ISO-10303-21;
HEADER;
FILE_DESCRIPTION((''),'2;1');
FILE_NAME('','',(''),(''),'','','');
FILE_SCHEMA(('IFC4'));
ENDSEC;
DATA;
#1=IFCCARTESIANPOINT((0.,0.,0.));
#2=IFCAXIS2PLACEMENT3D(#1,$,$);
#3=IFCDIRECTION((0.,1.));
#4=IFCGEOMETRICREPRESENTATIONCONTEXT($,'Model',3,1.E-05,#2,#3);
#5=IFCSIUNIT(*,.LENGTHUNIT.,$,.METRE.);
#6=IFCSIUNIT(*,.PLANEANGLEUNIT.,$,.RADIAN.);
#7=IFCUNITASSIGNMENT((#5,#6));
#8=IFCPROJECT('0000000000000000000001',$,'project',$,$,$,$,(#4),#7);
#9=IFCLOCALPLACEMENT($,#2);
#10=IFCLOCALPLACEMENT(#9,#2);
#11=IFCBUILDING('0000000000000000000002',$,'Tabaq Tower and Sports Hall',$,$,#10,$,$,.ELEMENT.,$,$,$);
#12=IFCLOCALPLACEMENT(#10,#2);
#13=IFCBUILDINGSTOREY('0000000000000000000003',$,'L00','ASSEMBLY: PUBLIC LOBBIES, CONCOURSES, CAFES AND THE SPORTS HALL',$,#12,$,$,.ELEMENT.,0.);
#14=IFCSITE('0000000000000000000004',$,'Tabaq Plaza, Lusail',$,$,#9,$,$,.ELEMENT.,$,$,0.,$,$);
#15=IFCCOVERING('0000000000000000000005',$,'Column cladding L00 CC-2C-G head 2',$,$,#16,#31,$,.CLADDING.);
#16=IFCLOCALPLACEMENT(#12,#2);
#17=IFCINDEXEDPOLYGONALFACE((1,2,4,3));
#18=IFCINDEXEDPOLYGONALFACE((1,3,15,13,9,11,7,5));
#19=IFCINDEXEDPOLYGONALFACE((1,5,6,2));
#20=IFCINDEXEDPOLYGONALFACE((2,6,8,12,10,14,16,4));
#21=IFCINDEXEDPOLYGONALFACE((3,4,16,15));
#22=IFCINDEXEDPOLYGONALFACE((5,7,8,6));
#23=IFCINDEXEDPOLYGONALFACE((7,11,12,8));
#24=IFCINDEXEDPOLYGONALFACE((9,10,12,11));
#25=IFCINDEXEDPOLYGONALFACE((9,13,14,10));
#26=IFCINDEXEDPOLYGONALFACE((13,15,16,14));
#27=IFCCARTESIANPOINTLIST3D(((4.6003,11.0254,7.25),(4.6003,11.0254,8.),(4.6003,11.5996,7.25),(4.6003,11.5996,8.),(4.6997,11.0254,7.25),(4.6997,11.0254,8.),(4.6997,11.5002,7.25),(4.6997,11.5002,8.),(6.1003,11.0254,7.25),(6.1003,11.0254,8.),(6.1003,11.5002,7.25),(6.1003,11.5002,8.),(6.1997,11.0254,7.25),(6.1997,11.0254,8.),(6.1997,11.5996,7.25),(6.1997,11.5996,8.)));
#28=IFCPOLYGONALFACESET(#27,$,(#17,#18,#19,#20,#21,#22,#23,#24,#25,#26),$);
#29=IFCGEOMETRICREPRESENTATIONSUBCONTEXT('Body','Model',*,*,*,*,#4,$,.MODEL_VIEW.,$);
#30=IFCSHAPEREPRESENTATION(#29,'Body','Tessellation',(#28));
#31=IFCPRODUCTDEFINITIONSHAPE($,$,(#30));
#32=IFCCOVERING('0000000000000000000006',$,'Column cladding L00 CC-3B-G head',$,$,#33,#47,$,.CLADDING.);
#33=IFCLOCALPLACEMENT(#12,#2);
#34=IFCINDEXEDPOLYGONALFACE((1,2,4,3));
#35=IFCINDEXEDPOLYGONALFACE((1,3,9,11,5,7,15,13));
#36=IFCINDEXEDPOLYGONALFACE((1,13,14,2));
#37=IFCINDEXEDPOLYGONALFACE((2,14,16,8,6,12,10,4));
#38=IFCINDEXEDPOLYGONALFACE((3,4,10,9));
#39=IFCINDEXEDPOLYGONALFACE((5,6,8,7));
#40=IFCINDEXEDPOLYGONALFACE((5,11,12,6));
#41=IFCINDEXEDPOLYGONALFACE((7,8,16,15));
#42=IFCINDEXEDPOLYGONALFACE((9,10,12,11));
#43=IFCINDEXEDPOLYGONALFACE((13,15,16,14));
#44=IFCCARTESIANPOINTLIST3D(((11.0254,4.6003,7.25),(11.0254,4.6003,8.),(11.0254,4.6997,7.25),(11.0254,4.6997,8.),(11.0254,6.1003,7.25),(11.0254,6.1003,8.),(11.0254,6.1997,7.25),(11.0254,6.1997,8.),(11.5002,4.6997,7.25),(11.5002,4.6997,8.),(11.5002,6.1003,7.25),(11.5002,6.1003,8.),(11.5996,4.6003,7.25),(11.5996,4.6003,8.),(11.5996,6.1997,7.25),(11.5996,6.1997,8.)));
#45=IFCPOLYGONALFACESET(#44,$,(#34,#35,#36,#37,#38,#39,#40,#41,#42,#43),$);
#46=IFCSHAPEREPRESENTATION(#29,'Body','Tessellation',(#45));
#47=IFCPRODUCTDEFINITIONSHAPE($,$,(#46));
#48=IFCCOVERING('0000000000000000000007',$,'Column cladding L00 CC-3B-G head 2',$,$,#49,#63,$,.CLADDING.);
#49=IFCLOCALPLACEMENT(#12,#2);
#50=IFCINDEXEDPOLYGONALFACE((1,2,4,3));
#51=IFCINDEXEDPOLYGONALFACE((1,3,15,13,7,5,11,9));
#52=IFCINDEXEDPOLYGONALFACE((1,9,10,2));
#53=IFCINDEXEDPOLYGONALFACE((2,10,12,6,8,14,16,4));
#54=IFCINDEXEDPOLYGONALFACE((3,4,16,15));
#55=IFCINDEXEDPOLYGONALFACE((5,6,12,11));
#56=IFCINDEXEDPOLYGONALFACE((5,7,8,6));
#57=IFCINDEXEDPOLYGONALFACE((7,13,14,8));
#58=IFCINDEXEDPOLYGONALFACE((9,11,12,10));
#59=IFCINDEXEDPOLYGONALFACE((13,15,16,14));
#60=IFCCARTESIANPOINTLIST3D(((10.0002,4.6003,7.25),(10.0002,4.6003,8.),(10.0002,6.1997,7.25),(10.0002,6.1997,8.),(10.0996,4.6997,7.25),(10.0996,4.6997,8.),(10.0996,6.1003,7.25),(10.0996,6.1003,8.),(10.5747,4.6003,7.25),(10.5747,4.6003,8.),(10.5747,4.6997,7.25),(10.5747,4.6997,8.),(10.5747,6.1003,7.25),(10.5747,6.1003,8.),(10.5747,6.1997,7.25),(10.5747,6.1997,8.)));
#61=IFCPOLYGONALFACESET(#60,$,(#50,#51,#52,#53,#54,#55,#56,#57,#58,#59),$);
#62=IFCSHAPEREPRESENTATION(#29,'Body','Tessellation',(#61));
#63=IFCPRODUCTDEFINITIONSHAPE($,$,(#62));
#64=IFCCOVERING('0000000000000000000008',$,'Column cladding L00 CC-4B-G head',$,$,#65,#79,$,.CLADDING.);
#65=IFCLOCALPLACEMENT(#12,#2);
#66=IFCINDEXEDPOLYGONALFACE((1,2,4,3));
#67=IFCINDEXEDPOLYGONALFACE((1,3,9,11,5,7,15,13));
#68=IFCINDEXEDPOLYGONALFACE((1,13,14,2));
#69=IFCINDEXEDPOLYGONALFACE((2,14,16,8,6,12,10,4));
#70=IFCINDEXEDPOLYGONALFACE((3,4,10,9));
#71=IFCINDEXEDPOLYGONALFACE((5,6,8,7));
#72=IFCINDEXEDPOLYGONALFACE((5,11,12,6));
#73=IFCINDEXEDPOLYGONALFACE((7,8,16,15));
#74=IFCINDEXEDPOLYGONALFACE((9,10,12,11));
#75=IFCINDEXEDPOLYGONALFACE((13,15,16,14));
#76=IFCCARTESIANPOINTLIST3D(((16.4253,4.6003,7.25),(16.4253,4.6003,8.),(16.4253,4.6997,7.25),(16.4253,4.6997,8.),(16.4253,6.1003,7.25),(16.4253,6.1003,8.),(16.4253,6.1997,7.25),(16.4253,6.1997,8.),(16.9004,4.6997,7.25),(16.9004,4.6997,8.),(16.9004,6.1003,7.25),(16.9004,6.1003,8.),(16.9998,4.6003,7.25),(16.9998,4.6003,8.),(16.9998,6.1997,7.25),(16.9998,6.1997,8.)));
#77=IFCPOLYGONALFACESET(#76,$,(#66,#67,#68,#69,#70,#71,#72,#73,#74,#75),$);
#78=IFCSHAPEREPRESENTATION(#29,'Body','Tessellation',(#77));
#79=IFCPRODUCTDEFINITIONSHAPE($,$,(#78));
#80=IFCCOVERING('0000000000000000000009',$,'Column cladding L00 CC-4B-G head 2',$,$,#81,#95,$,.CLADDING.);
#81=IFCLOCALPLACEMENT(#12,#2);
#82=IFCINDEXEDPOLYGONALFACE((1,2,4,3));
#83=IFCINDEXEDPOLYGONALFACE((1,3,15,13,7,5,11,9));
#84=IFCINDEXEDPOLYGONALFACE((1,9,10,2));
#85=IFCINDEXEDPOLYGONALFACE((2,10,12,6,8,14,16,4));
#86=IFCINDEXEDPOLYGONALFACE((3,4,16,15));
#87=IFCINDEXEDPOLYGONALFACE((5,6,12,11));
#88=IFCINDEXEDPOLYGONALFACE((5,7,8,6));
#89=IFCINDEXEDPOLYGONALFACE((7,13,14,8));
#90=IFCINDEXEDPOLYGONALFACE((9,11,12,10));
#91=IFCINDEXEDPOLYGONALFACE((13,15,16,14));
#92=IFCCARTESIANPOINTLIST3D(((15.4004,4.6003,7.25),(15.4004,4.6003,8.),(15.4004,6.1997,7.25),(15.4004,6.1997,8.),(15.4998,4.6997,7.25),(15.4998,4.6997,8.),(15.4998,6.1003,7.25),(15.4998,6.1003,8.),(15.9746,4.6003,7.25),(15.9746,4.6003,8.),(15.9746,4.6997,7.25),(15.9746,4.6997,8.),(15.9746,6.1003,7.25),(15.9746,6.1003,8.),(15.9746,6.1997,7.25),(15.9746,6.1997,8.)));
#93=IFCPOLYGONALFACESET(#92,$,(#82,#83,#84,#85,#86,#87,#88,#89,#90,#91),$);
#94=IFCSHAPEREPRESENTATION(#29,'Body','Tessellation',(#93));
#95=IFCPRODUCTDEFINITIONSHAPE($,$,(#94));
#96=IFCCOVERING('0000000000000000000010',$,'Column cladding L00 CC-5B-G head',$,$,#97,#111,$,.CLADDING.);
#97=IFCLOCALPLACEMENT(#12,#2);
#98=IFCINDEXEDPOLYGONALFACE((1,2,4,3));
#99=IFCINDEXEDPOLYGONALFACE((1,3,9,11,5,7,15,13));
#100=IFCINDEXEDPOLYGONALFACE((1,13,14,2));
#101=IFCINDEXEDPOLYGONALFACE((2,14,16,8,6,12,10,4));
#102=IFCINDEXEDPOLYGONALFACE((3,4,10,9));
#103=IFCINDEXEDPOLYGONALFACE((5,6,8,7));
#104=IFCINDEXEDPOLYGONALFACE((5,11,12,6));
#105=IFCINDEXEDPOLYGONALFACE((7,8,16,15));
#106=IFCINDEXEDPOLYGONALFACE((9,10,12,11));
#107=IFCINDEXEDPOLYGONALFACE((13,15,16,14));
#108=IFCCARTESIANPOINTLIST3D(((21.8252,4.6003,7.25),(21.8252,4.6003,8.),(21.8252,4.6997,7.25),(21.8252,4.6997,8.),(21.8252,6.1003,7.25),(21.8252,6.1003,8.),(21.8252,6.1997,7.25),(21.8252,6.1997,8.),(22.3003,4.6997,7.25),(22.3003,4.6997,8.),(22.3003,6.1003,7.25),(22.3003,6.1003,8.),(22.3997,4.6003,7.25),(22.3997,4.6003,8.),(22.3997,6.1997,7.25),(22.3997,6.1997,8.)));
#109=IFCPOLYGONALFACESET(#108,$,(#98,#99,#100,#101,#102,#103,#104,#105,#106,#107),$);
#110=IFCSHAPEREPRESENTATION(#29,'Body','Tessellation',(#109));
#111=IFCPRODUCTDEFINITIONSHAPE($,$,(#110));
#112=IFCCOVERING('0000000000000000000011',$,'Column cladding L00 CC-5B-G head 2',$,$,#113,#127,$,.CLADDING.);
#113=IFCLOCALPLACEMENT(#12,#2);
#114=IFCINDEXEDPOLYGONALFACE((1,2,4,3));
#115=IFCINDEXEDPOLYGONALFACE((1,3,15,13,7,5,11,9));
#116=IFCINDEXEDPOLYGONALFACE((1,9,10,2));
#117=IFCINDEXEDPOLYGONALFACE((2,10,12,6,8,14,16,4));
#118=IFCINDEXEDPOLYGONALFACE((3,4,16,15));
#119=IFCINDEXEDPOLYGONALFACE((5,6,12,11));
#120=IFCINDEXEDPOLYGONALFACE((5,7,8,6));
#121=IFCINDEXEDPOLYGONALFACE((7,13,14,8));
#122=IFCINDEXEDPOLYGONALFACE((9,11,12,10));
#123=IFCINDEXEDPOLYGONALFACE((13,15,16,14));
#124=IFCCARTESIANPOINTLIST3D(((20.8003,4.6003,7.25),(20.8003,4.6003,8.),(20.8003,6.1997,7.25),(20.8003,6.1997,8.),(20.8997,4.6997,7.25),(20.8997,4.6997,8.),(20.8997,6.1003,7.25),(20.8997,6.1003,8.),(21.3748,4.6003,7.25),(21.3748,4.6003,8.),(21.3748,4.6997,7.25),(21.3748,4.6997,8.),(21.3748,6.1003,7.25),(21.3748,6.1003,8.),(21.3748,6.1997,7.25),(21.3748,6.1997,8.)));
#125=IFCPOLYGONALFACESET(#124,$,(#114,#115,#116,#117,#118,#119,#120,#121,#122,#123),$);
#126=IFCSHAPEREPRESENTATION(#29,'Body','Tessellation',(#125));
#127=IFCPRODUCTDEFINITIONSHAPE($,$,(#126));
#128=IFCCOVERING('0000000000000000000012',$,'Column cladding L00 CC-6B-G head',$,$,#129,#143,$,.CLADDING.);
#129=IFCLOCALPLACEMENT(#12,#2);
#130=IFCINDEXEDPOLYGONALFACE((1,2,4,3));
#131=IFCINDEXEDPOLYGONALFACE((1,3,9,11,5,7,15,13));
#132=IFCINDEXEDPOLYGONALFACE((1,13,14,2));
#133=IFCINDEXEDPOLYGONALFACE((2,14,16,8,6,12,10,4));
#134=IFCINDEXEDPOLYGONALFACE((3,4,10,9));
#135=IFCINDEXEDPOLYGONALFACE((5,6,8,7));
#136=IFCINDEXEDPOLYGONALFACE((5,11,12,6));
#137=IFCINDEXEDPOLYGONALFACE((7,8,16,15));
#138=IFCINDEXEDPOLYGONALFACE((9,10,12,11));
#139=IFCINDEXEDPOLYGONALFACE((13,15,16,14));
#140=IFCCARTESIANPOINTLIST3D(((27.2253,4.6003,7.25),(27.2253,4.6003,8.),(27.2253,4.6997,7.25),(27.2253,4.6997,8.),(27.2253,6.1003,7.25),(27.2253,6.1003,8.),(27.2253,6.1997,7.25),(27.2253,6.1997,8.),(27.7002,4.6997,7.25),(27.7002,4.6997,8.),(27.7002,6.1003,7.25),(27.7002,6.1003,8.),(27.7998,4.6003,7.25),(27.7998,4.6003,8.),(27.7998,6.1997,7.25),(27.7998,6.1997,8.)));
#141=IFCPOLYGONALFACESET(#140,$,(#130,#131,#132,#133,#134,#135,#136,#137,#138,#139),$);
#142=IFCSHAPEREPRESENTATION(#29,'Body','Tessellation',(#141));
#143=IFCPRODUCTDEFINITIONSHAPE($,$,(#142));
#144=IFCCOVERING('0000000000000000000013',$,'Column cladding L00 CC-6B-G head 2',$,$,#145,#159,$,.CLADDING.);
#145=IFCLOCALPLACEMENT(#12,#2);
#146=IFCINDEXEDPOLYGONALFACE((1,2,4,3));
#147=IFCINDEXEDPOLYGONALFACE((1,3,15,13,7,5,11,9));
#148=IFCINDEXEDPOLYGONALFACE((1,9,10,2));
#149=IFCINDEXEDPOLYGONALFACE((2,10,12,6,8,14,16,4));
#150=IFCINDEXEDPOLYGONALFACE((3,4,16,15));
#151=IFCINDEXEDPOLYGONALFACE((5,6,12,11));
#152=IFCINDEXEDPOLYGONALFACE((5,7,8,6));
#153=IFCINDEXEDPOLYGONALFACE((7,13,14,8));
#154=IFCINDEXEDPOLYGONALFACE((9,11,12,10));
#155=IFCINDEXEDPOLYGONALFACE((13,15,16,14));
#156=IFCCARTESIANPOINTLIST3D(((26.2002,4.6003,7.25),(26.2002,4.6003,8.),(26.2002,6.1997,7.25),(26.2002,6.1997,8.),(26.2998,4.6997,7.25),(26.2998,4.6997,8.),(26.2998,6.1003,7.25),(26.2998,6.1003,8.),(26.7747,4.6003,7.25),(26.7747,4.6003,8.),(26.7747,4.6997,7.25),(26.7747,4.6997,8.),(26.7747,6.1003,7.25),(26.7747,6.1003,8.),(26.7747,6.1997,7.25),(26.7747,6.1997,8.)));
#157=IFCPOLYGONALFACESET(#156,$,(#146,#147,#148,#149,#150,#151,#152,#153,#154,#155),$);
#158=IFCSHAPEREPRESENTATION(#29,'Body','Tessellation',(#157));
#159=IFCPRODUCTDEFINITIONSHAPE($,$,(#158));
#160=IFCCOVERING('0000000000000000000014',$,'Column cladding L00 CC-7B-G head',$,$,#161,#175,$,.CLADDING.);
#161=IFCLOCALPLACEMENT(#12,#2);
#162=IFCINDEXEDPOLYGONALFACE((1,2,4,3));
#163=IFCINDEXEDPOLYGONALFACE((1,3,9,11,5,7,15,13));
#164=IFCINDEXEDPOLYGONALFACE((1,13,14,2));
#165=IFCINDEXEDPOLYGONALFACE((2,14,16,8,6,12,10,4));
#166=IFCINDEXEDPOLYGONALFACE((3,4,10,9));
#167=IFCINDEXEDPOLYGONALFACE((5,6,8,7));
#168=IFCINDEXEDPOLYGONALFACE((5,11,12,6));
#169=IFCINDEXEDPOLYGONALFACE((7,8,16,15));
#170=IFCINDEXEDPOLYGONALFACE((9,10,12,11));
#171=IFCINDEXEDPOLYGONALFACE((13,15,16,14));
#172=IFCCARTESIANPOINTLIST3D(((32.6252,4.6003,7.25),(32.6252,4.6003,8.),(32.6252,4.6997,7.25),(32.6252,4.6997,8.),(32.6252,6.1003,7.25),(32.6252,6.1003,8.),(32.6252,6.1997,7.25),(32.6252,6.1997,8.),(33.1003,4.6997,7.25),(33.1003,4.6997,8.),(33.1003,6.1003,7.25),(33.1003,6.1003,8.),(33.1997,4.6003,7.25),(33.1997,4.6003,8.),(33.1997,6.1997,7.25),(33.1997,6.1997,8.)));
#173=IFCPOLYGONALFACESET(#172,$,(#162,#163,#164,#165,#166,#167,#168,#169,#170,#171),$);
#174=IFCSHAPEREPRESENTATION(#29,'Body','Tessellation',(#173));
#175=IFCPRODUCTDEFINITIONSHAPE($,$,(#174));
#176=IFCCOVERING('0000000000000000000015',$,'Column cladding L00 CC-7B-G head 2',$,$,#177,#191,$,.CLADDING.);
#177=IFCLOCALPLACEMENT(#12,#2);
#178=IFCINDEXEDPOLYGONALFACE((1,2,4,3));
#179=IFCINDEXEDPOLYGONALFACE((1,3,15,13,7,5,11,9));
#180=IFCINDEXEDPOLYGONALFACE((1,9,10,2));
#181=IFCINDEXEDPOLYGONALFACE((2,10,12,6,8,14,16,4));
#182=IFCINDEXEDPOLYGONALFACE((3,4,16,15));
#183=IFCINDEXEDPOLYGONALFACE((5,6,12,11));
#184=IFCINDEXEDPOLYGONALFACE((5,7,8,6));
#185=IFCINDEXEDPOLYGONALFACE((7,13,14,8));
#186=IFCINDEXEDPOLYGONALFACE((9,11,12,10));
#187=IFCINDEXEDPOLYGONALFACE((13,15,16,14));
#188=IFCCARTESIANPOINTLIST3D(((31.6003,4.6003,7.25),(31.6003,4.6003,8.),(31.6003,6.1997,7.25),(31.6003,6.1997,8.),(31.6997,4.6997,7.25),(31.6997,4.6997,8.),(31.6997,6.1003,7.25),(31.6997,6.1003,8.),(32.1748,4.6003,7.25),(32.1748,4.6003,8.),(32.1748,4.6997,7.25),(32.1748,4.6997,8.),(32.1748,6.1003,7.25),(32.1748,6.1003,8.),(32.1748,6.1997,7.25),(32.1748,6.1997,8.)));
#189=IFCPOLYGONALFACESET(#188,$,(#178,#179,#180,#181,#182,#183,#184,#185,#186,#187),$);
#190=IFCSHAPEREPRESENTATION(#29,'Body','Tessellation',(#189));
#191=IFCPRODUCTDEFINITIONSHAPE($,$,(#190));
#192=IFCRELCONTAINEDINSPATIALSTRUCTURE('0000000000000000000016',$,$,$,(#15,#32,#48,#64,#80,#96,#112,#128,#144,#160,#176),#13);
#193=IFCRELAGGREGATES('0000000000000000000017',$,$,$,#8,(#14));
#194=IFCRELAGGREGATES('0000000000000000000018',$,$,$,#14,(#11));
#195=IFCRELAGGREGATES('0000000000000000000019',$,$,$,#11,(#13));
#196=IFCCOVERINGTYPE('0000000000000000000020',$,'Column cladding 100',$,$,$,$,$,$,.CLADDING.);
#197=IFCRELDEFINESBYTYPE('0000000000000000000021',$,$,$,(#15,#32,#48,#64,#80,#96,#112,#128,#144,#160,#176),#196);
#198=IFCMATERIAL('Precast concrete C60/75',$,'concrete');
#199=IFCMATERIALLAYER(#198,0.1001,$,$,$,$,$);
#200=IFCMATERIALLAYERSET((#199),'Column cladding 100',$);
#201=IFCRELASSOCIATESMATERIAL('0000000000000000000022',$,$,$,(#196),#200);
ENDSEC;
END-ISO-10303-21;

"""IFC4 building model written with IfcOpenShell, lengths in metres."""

from ifc_helpers import new_model, si_unit, direction, frame, origin, place, context, subcontext, project, spatial, polyline, outline, extrude, material, layer, layer_set, type_object, element, save


model = new_model("IFC4")

# Units and contexts
model_context = context("Model", 3, precision=1e-05, world=origin(), true_north=direction((0.0, 1.0)))
body_context = subcontext(model_context, "Body", "Model", "MODEL_VIEW")
ifc_project = project(units=[si_unit("LENGTHUNIT", "METRE"), si_unit("PLANEANGLEUNIT", "RADIAN")], contexts=[model_context])

# Site, building, storey
site_placement = place(None, origin())
site = spatial("IfcSite", under=ifc_project, at=site_placement, Name="Tabaq Plaza, Lusail", CompositionType="ELEMENT", RefElevation=0.0)
building_placement = place(site_placement, origin())
building = spatial("IfcBuilding", under=site, at=building_placement, Name="Tabaq Tower and Sports Hall", CompositionType="ELEMENT")
storey_placement = place(building_placement, origin())
storey = spatial("IfcBuildingStorey", under=building, at=storey_placement, Name="L00", Description="ASSEMBLY: PUBLIC LOBBIES, CONCOURSES, CAFES AND THE SPORTS HALL", CompositionType="ELEMENT", Elevation=0.0)

# Coverings
ifc_material_1 = material(Name="Precast concrete C60/75", Category="concrete")
ifc_layer_1 = layer(ifc_material_1, 0.1001)
ifc_layer_set_1 = layer_set([ifc_layer_1], Name="Column cladding 100")
covering_type = type_object("IfcCoveringType", Name="Column cladding 100", PredefinedType="CLADDING", material=ifc_layer_set_1)
covering_1_placement = place(storey_placement, frame((0.0, 0.0, 7.25)))
element("IfcCovering", 1, at=covering_1_placement, inside=storey, type_object=covering_type, Name="Column cladding L00 CC-2C-G head 2", PredefinedType="CLADDING", context=body_context, shape_type="SweptSolid", body=[
    extrude(outline(polyline([(6.1997, 11.5996), (6.1997, 11.0254), (6.1003, 11.0254), (6.1003, 11.5002), (4.6997, 11.5002), (4.6997, 11.0254), (4.6003, 11.0254), (4.6003, 11.5996), (6.1997, 11.5996)])), origin(), (0.0, 0.0, 1.0), 0.75),
])
covering_2_placement = place(storey_placement, frame((0.0, 0.0, 7.25)))
element("IfcCovering", 2, at=covering_2_placement, inside=storey, type_object=covering_type, Name="Column cladding L00 CC-3B-G head", PredefinedType="CLADDING", context=body_context, shape_type="SweptSolid", body=[
    extrude(outline(polyline([(11.5996, 6.1997), (11.5996, 4.6003), (11.0254, 4.6003), (11.0254, 4.6997), (11.5002, 4.6997), (11.5002, 6.1003), (11.0254, 6.1003), (11.0254, 6.1997), (11.5996, 6.1997)])), origin(), (0.0, 0.0, 1.0), 0.75),
])
covering_3_placement = place(storey_placement, frame((0.0, 0.0, 7.25)))
element("IfcCovering", 3, at=covering_3_placement, inside=storey, type_object=covering_type, Name="Column cladding L00 CC-3B-G head 2", PredefinedType="CLADDING", context=body_context, shape_type="SweptSolid", body=[
    extrude(outline(polyline([(10.5747, 6.1997), (10.5747, 6.1003), (10.0996, 6.1003), (10.0996, 4.6997), (10.5747, 4.6997), (10.5747, 4.6003), (10.0002, 4.6003), (10.0002, 6.1997), (10.5747, 6.1997)])), origin(), (0.0, 0.0, 1.0), 0.75),
])
covering_4_placement = place(storey_placement, frame((0.0, 0.0, 7.25)))
element("IfcCovering", 4, at=covering_4_placement, inside=storey, type_object=covering_type, Name="Column cladding L00 CC-4B-G head", PredefinedType="CLADDING", context=body_context, shape_type="SweptSolid", body=[
    extrude(outline(polyline([(16.9998, 6.1997), (16.9998, 4.6003), (16.4253, 4.6003), (16.4253, 4.6997), (16.9004, 4.6997), (16.9004, 6.1003), (16.4253, 6.1003), (16.4253, 6.1997), (16.9998, 6.1997)])), origin(), (0.0, 0.0, 1.0), 0.75),
])
covering_5_placement = place(storey_placement, frame((0.0, 0.0, 7.25)))
element("IfcCovering", 5, at=covering_5_placement, inside=storey, type_object=covering_type, Name="Column cladding L00 CC-4B-G head 2", PredefinedType="CLADDING", context=body_context, shape_type="SweptSolid", body=[
    extrude(outline(polyline([(15.9746, 6.1997), (15.9746, 6.1003), (15.4998, 6.1003), (15.4998, 4.6997), (15.9746, 4.6997), (15.9746, 4.6003), (15.4004, 4.6003), (15.4004, 6.1997), (15.9746, 6.1997)])), origin(), (0.0, 0.0, 1.0), 0.75),
])
covering_6_placement = place(storey_placement, frame((0.0, 0.0, 7.25)))
element("IfcCovering", 6, at=covering_6_placement, inside=storey, type_object=covering_type, Name="Column cladding L00 CC-5B-G head", PredefinedType="CLADDING", context=body_context, shape_type="SweptSolid", body=[
    extrude(outline(polyline([(22.3997, 6.1997), (22.3997, 4.6003), (21.8252, 4.6003), (21.8252, 4.6997), (22.3003, 4.6997), (22.3003, 6.1003), (21.8252, 6.1003), (21.8252, 6.1997), (22.3997, 6.1997)])), origin(), (0.0, 0.0, 1.0), 0.75),
])
covering_7_placement = place(storey_placement, frame((0.0, 0.0, 7.25)))
element("IfcCovering", 7, at=covering_7_placement, inside=storey, type_object=covering_type, Name="Column cladding L00 CC-5B-G head 2", PredefinedType="CLADDING", context=body_context, shape_type="SweptSolid", body=[
    extrude(outline(polyline([(21.3748, 6.1997), (21.3748, 6.1003), (20.8997, 6.1003), (20.8997, 4.6997), (21.3748, 4.6997), (21.3748, 4.6003), (20.8003, 4.6003), (20.8003, 6.1997), (21.3748, 6.1997)])), origin(), (0.0, 0.0, 1.0), 0.75),
])
covering_8_placement = place(storey_placement, frame((0.0, 0.0, 7.25)))
element("IfcCovering", 8, at=covering_8_placement, inside=storey, type_object=covering_type, Name="Column cladding L00 CC-6B-G head", PredefinedType="CLADDING", context=body_context, shape_type="SweptSolid", body=[
    extrude(outline(polyline([(27.7998, 6.1997), (27.7998, 4.6003), (27.2253, 4.6003), (27.2253, 4.6997), (27.7002, 4.6997), (27.7002, 6.1003), (27.2253, 6.1003), (27.2253, 6.1997), (27.7998, 6.1997)])), origin(), (0.0, 0.0, 1.0), 0.75),
])
covering_9_placement = place(storey_placement, frame((0.0, 0.0, 7.25)))
element("IfcCovering", 9, at=covering_9_placement, inside=storey, type_object=covering_type, Name="Column cladding L00 CC-6B-G head 2", PredefinedType="CLADDING", context=body_context, shape_type="SweptSolid", body=[
    extrude(outline(polyline([(26.7747, 6.1997), (26.7747, 6.1003), (26.2998, 6.1003), (26.2998, 4.6997), (26.7747, 4.6997), (26.7747, 4.6003), (26.2002, 4.6003), (26.2002, 6.1997), (26.7747, 6.1997)])), origin(), (0.0, 0.0, 1.0), 0.75),
])
covering_10_placement = place(storey_placement, frame((0.0, 0.0, 7.25)))
element("IfcCovering", 10, at=covering_10_placement, inside=storey, type_object=covering_type, Name="Column cladding L00 CC-7B-G head", PredefinedType="CLADDING", context=body_context, shape_type="SweptSolid", body=[
    extrude(outline(polyline([(33.1997, 6.1997), (33.1997, 4.6003), (32.6252, 4.6003), (32.6252, 4.6997), (33.1003, 4.6997), (33.1003, 6.1003), (32.6252, 6.1003), (32.6252, 6.1997), (33.1997, 6.1997)])), origin(), (0.0, 0.0, 1.0), 0.75),
])
covering_11_placement = place(storey_placement, frame((0.0, 0.0, 7.25)))
element("IfcCovering", 11, at=covering_11_placement, inside=storey, type_object=covering_type, Name="Column cladding L00 CC-7B-G head 2", PredefinedType="CLADDING", context=body_context, shape_type="SweptSolid", body=[
    extrude(outline(polyline([(32.1748, 6.1997), (32.1748, 6.1003), (31.6997, 6.1003), (31.6997, 4.6997), (32.1748, 4.6997), (32.1748, 4.6003), (31.6003, 4.6003), (31.6003, 6.1997), (32.1748, 6.1997)])), origin(), (0.0, 0.0, 1.0), 0.75),
])

save(model, "model.ifc")
